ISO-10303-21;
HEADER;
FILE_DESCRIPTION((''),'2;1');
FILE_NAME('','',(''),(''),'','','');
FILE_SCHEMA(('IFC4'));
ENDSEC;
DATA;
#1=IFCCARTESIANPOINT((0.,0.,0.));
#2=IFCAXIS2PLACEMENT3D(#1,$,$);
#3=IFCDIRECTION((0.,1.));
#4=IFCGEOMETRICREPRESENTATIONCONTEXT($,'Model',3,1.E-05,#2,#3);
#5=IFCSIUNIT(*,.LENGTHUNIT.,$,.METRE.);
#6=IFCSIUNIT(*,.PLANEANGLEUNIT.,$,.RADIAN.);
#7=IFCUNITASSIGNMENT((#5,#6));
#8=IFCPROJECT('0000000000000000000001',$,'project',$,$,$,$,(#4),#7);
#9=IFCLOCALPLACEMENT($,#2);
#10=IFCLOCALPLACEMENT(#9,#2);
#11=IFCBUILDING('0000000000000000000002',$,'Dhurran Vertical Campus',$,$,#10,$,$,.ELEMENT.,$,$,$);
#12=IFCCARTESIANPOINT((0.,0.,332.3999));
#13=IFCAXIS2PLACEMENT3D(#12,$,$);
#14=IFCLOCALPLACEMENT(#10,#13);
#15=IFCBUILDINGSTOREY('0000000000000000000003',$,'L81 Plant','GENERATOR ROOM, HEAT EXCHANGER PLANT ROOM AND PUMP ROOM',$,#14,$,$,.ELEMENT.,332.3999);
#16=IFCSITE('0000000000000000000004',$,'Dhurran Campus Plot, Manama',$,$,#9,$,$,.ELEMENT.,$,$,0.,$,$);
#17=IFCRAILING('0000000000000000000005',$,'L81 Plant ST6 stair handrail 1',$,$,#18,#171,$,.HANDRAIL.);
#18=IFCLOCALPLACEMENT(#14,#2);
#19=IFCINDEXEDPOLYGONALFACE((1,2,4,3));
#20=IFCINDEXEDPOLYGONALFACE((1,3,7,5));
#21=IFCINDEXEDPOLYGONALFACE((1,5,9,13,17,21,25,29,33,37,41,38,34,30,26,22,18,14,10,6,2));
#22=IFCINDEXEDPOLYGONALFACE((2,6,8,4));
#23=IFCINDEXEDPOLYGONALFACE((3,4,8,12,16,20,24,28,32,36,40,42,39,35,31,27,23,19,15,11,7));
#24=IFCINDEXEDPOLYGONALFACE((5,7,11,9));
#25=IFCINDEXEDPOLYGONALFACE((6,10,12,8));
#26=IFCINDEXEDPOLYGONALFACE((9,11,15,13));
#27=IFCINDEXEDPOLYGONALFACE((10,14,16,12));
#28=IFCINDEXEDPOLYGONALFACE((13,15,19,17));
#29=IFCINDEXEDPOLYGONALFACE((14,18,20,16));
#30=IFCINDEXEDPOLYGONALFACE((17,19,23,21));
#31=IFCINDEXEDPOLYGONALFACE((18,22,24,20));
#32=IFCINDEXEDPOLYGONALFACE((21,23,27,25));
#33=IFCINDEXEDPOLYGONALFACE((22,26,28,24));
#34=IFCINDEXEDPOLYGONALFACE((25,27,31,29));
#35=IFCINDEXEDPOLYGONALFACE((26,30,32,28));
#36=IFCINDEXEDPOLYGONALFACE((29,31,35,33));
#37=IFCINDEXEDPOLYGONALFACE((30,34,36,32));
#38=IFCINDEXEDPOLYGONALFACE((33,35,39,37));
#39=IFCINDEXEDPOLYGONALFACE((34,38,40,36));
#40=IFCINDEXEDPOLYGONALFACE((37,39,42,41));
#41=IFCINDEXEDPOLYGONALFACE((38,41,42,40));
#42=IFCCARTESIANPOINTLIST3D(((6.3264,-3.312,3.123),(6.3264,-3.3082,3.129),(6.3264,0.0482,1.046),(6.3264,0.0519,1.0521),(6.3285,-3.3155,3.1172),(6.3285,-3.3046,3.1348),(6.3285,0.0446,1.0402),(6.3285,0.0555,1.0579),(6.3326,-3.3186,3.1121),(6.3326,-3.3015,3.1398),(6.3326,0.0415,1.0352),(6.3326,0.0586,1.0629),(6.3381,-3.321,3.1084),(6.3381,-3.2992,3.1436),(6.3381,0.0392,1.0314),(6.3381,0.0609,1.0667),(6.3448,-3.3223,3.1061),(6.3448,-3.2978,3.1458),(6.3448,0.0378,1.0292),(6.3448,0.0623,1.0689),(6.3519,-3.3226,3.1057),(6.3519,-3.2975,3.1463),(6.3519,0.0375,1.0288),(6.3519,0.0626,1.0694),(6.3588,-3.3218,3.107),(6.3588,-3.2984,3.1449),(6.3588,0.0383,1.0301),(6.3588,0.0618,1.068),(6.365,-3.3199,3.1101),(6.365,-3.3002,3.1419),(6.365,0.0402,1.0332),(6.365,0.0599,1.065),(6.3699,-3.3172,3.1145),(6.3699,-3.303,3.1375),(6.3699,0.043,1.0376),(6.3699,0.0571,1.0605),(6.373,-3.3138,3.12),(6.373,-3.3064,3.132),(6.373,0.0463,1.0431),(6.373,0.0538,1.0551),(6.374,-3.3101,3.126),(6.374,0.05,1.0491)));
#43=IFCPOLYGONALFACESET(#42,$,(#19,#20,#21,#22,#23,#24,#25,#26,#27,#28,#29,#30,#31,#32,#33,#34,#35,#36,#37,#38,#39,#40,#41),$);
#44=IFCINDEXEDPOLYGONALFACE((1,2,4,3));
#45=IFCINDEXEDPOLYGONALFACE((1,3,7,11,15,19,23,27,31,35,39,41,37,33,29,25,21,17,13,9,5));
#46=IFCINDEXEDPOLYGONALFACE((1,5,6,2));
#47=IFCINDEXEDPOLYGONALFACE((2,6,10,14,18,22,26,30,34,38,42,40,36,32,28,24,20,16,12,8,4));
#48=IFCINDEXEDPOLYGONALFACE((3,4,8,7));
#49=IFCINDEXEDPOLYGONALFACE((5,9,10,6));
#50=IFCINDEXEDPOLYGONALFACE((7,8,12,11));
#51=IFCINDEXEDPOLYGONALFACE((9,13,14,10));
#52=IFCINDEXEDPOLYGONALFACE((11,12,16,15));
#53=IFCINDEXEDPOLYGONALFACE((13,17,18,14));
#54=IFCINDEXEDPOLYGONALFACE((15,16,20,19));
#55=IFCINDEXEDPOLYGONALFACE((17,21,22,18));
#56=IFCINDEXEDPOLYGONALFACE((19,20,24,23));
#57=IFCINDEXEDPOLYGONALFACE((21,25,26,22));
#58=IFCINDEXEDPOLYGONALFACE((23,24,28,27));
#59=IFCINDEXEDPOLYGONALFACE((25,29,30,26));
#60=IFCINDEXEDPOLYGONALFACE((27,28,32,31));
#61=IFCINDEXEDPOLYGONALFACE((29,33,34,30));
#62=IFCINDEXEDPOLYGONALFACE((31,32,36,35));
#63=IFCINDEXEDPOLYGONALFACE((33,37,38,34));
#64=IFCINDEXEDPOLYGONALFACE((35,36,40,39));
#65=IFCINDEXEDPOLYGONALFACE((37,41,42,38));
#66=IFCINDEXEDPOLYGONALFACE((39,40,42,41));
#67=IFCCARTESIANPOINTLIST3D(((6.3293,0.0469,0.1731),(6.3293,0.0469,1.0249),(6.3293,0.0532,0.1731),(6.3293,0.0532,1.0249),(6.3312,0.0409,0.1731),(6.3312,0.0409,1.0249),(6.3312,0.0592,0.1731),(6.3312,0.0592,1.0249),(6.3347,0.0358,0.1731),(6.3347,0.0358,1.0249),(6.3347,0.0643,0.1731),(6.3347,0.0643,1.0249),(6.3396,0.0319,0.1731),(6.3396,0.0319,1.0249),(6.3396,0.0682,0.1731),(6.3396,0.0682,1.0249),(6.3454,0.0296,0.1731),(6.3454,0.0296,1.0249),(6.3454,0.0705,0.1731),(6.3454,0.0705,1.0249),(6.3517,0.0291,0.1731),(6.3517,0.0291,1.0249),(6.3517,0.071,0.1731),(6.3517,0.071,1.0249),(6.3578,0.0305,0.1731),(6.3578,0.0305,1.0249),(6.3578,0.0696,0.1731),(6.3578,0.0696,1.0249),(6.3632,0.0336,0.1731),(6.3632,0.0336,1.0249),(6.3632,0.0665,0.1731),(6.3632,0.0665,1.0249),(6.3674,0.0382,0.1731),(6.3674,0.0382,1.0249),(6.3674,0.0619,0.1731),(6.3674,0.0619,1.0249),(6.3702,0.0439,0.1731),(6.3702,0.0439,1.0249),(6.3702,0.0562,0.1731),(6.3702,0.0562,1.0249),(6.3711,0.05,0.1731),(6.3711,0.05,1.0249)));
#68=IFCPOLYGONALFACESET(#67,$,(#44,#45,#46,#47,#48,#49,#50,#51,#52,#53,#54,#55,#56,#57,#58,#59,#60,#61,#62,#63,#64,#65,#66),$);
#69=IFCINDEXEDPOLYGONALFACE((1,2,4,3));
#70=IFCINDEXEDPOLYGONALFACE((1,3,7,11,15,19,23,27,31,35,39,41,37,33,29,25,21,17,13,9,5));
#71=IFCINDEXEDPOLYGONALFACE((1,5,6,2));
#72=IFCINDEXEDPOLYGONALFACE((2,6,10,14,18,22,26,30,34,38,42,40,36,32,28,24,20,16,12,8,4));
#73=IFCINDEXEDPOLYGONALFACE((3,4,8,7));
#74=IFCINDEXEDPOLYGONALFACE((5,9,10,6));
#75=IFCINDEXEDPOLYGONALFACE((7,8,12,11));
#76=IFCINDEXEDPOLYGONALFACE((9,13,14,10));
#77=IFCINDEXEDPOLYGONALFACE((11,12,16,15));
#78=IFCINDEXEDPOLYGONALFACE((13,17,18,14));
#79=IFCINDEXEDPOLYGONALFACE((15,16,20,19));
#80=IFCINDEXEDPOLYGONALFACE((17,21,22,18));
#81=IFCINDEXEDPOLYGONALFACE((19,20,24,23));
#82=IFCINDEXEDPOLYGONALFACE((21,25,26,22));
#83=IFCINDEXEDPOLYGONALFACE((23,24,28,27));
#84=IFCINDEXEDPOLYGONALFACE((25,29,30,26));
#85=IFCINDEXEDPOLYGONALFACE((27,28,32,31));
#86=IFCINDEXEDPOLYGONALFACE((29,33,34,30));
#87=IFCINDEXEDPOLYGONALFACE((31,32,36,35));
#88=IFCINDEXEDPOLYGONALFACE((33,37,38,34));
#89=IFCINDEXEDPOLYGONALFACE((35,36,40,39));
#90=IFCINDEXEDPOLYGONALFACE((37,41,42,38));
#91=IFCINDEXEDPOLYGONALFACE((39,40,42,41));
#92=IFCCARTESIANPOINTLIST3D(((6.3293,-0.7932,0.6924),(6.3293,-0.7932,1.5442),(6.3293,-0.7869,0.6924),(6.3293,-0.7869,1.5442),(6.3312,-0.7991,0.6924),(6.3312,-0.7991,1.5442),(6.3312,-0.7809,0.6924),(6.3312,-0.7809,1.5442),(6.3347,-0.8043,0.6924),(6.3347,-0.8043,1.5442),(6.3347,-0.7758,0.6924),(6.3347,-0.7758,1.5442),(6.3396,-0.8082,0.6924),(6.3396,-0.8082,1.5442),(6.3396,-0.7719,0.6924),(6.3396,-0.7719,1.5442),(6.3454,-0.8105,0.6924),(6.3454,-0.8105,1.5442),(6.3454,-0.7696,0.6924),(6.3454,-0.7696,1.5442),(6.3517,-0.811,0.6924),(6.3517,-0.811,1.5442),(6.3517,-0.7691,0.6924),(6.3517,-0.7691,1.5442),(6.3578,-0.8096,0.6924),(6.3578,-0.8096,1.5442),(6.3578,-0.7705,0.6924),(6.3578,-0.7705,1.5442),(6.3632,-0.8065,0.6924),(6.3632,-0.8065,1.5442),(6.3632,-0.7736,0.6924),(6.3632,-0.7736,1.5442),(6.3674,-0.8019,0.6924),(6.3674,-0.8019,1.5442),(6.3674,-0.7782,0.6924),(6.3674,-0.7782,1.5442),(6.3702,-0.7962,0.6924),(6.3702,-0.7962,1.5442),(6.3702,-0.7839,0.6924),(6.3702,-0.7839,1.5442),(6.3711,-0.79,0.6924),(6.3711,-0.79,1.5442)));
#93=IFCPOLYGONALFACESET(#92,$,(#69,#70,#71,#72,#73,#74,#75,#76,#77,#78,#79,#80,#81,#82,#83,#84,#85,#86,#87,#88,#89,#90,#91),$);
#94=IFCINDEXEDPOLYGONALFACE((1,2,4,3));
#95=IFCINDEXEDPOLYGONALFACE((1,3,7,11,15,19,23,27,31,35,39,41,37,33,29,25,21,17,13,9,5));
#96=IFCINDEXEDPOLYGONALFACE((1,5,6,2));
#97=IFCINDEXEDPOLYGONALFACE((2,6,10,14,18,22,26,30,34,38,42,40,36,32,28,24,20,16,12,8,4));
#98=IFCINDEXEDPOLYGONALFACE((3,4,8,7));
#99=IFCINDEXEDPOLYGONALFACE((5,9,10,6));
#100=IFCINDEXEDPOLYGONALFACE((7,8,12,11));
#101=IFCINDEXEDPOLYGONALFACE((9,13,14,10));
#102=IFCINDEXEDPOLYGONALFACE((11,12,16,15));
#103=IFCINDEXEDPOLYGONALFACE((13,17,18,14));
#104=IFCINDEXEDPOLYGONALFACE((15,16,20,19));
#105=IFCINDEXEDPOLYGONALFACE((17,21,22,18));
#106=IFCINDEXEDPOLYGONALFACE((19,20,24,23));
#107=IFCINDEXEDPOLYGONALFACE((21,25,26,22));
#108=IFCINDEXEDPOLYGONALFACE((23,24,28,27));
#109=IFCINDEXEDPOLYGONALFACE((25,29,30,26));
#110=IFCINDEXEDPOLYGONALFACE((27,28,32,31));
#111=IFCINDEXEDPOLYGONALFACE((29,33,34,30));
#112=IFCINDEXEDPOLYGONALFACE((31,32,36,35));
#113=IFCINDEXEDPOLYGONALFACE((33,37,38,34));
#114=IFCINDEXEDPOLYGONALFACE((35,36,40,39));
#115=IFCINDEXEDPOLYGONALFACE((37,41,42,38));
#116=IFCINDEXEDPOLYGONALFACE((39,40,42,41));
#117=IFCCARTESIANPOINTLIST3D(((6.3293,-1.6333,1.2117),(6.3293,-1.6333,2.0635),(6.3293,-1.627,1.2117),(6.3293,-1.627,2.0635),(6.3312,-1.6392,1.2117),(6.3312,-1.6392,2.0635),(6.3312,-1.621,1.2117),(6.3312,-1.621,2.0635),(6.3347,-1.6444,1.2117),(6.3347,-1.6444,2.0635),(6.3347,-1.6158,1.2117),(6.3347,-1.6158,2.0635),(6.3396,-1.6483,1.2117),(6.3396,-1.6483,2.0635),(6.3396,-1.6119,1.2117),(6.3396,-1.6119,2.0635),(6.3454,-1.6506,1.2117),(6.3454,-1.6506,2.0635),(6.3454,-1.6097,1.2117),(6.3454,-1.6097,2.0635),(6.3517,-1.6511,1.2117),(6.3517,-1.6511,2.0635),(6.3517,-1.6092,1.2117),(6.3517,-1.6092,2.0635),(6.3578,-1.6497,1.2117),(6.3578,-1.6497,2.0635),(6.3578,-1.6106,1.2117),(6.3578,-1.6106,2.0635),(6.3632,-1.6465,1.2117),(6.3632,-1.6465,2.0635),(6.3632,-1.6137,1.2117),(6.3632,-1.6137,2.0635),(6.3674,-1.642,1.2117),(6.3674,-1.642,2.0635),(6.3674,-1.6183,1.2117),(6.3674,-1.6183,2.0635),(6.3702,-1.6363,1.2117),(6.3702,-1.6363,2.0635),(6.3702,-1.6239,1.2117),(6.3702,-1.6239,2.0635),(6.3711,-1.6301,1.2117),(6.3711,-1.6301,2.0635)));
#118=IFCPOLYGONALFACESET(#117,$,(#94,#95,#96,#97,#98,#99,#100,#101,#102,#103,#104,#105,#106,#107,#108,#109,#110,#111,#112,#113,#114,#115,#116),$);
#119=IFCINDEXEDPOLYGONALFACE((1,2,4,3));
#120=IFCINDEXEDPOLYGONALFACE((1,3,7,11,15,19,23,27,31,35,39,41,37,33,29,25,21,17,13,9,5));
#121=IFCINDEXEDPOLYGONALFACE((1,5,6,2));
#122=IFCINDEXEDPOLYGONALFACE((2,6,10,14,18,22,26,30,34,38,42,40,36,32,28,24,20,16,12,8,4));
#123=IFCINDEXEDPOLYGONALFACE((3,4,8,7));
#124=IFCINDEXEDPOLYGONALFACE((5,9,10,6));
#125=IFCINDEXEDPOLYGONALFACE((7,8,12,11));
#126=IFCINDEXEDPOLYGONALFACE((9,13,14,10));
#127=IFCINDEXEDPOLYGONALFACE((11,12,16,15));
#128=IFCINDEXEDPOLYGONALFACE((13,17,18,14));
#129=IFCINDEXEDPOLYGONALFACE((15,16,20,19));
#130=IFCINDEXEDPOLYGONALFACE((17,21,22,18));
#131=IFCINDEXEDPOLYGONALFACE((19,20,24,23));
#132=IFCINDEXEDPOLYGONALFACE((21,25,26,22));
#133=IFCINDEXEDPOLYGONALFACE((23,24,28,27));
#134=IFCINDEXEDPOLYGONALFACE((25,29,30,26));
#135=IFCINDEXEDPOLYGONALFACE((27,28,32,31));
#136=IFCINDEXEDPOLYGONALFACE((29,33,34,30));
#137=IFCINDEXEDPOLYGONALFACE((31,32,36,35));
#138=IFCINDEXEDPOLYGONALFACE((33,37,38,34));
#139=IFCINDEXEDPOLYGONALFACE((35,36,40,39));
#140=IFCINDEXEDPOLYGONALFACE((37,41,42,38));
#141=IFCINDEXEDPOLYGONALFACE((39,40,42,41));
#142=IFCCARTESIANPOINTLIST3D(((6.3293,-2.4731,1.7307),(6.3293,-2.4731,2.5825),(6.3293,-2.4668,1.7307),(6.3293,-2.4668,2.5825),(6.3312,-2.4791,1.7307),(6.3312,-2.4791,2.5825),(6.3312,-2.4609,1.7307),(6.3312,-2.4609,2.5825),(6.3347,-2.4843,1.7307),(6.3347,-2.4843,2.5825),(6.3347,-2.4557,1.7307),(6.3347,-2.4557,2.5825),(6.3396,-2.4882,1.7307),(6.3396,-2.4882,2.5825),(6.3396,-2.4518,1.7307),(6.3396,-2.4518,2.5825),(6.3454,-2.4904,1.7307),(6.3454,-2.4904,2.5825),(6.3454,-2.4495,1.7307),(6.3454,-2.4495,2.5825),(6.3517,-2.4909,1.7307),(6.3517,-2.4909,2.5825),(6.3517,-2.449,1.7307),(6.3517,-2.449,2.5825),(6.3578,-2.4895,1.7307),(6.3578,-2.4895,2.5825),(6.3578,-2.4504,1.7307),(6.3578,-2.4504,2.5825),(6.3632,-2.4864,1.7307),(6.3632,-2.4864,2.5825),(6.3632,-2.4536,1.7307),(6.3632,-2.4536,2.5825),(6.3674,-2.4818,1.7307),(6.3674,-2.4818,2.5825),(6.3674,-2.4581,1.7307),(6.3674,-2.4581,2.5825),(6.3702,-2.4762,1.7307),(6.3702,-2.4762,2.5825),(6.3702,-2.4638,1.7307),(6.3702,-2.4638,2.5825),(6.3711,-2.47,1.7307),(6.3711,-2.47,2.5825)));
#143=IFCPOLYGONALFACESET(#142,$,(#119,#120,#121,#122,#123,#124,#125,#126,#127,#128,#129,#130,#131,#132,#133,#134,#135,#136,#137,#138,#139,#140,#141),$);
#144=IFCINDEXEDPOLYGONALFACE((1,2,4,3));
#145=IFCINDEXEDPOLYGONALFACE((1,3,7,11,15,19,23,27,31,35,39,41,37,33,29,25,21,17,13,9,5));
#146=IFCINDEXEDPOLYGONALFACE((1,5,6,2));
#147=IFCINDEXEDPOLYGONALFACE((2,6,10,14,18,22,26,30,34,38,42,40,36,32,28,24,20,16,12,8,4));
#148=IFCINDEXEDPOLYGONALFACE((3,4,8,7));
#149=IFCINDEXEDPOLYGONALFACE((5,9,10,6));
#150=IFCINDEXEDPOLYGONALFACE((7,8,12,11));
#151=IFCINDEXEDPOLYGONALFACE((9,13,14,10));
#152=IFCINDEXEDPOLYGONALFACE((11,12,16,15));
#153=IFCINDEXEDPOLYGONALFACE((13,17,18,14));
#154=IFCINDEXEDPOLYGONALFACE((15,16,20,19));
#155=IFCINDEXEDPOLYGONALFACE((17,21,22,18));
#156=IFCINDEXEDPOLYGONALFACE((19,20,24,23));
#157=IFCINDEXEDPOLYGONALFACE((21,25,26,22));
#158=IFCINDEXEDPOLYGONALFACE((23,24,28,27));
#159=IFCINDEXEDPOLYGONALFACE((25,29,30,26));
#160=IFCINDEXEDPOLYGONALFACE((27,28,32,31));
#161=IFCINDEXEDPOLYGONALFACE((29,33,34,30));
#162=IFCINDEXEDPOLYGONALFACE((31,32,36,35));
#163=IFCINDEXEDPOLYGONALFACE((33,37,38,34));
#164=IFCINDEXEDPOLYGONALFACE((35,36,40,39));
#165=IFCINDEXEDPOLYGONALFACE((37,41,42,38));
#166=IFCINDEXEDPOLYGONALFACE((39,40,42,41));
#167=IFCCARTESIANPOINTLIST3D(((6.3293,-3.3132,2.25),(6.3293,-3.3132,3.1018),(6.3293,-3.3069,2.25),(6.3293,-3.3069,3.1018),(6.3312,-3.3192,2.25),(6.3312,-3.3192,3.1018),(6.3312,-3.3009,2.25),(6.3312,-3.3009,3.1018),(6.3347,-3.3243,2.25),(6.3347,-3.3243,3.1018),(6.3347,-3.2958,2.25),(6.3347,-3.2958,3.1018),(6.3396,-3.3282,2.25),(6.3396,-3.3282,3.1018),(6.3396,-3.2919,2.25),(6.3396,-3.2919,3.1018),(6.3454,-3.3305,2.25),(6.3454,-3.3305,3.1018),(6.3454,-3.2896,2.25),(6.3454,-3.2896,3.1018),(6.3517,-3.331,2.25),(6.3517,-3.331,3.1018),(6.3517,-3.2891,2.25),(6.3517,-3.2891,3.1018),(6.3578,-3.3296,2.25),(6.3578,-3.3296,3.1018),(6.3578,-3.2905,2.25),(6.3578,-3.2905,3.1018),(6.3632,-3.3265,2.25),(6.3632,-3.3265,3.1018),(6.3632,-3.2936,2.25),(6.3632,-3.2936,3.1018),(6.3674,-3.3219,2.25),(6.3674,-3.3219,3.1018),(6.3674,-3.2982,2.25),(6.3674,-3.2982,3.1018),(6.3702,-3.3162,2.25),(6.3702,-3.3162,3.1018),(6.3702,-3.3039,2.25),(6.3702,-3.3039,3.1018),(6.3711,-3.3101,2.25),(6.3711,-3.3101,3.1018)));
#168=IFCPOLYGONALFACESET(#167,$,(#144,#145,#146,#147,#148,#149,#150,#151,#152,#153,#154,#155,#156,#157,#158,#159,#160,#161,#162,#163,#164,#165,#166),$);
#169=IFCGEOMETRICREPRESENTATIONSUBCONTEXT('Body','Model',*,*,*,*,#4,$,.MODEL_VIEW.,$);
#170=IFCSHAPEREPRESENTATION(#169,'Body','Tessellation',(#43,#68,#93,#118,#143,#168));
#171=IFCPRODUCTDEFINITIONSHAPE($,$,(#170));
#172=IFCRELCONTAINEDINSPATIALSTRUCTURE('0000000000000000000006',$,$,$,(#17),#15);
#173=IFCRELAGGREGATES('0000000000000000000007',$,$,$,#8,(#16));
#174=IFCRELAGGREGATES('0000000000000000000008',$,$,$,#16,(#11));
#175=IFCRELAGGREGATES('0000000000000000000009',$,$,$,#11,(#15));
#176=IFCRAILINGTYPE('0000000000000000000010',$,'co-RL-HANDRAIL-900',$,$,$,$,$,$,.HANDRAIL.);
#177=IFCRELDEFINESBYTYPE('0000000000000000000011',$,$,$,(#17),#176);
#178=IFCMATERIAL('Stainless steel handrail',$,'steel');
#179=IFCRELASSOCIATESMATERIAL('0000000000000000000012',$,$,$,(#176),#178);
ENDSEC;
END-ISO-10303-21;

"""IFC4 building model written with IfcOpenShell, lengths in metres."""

from ifc_helpers import new_model, si_unit, direction, frame, origin, origin_2d, place, context, subcontext, project, spatial, circle, extrude, material, type_object, element, save


model = new_model("IFC4")

# Units and contexts
model_context = context("Model", 3, precision=1e-05, world=origin(), true_north=direction((0.0, 1.0)))
body_context = subcontext(model_context, "Body", "Model", "MODEL_VIEW")
ifc_project = project(units=[si_unit("LENGTHUNIT", "METRE"), si_unit("PLANEANGLEUNIT", "RADIAN")], contexts=[model_context])

# Site, building, storey
site_placement = place(None, origin())
site = spatial("IfcSite", under=ifc_project, at=site_placement, Name="Dhurran Campus Plot, Manama", CompositionType="ELEMENT", RefElevation=0.0)
building_placement = place(site_placement, origin())
building = spatial("IfcBuilding", under=site, at=building_placement, Name="Dhurran Vertical Campus", CompositionType="ELEMENT")
storey_placement = place(building_placement, frame((0.0, 0.0, 332.3999)))
storey = spatial("IfcBuildingStorey", under=building, at=storey_placement, Name="L81 Plant", Description="GENERATOR ROOM, HEAT EXCHANGER PLANT ROOM AND PUMP ROOM", CompositionType="ELEMENT", Elevation=332.3999)

# Railing
ifc_material_1 = material(Name="Stainless steel handrail", Category="steel")
railing_type_1 = type_object("IfcRailingType", Name="co-RL-HANDRAIL-900", PredefinedType="HANDRAIL", material=ifc_material_1)
railing_1_placement = place(storey_placement, frame((6.3501, 0.05, 0.1731)))
element("IfcRailing", 1, at=railing_1_placement, inside=storey, type_object=railing_type_1, Name="L81 Plant ST6 stair handrail 1", PredefinedType="HANDRAIL", context=body_context, shape_type="SweptSolid", body=[
    extrude(circle(Radius=0.0239, at=origin_2d()), frame((0.0, 0.0, 0.876), z_axis=(0.0, -0.850623, 0.525776), x_axis=(1.0, 0.0, 0.0)), (0.0, 0.0, 1.0), 3.9502),
    extrude(circle(Radius=0.021, at=origin_2d()), origin(), (0.0, 0.0, 1.0), 0.8518),
    extrude(circle(Radius=0.021, at=origin_2d()), frame((0.0, -0.8401, 0.5193)), (0.0, 0.0, 1.0), 0.8518),
    extrude(circle(Radius=0.021, at=origin_2d()), frame((0.0, -1.6802, 1.0386)), (0.0, 0.0, 1.0), 0.8518),
    extrude(circle(Radius=0.021, at=origin_2d()), frame((0.0, -2.52, 1.5576)), (0.0, 0.0, 1.0), 0.8518),
    extrude(circle(Radius=0.021, at=origin_2d()), frame((0.0, -3.3601, 2.0769)), (0.0, 0.0, 1.0), 0.8518),
])

save(model, "model.ifc")
